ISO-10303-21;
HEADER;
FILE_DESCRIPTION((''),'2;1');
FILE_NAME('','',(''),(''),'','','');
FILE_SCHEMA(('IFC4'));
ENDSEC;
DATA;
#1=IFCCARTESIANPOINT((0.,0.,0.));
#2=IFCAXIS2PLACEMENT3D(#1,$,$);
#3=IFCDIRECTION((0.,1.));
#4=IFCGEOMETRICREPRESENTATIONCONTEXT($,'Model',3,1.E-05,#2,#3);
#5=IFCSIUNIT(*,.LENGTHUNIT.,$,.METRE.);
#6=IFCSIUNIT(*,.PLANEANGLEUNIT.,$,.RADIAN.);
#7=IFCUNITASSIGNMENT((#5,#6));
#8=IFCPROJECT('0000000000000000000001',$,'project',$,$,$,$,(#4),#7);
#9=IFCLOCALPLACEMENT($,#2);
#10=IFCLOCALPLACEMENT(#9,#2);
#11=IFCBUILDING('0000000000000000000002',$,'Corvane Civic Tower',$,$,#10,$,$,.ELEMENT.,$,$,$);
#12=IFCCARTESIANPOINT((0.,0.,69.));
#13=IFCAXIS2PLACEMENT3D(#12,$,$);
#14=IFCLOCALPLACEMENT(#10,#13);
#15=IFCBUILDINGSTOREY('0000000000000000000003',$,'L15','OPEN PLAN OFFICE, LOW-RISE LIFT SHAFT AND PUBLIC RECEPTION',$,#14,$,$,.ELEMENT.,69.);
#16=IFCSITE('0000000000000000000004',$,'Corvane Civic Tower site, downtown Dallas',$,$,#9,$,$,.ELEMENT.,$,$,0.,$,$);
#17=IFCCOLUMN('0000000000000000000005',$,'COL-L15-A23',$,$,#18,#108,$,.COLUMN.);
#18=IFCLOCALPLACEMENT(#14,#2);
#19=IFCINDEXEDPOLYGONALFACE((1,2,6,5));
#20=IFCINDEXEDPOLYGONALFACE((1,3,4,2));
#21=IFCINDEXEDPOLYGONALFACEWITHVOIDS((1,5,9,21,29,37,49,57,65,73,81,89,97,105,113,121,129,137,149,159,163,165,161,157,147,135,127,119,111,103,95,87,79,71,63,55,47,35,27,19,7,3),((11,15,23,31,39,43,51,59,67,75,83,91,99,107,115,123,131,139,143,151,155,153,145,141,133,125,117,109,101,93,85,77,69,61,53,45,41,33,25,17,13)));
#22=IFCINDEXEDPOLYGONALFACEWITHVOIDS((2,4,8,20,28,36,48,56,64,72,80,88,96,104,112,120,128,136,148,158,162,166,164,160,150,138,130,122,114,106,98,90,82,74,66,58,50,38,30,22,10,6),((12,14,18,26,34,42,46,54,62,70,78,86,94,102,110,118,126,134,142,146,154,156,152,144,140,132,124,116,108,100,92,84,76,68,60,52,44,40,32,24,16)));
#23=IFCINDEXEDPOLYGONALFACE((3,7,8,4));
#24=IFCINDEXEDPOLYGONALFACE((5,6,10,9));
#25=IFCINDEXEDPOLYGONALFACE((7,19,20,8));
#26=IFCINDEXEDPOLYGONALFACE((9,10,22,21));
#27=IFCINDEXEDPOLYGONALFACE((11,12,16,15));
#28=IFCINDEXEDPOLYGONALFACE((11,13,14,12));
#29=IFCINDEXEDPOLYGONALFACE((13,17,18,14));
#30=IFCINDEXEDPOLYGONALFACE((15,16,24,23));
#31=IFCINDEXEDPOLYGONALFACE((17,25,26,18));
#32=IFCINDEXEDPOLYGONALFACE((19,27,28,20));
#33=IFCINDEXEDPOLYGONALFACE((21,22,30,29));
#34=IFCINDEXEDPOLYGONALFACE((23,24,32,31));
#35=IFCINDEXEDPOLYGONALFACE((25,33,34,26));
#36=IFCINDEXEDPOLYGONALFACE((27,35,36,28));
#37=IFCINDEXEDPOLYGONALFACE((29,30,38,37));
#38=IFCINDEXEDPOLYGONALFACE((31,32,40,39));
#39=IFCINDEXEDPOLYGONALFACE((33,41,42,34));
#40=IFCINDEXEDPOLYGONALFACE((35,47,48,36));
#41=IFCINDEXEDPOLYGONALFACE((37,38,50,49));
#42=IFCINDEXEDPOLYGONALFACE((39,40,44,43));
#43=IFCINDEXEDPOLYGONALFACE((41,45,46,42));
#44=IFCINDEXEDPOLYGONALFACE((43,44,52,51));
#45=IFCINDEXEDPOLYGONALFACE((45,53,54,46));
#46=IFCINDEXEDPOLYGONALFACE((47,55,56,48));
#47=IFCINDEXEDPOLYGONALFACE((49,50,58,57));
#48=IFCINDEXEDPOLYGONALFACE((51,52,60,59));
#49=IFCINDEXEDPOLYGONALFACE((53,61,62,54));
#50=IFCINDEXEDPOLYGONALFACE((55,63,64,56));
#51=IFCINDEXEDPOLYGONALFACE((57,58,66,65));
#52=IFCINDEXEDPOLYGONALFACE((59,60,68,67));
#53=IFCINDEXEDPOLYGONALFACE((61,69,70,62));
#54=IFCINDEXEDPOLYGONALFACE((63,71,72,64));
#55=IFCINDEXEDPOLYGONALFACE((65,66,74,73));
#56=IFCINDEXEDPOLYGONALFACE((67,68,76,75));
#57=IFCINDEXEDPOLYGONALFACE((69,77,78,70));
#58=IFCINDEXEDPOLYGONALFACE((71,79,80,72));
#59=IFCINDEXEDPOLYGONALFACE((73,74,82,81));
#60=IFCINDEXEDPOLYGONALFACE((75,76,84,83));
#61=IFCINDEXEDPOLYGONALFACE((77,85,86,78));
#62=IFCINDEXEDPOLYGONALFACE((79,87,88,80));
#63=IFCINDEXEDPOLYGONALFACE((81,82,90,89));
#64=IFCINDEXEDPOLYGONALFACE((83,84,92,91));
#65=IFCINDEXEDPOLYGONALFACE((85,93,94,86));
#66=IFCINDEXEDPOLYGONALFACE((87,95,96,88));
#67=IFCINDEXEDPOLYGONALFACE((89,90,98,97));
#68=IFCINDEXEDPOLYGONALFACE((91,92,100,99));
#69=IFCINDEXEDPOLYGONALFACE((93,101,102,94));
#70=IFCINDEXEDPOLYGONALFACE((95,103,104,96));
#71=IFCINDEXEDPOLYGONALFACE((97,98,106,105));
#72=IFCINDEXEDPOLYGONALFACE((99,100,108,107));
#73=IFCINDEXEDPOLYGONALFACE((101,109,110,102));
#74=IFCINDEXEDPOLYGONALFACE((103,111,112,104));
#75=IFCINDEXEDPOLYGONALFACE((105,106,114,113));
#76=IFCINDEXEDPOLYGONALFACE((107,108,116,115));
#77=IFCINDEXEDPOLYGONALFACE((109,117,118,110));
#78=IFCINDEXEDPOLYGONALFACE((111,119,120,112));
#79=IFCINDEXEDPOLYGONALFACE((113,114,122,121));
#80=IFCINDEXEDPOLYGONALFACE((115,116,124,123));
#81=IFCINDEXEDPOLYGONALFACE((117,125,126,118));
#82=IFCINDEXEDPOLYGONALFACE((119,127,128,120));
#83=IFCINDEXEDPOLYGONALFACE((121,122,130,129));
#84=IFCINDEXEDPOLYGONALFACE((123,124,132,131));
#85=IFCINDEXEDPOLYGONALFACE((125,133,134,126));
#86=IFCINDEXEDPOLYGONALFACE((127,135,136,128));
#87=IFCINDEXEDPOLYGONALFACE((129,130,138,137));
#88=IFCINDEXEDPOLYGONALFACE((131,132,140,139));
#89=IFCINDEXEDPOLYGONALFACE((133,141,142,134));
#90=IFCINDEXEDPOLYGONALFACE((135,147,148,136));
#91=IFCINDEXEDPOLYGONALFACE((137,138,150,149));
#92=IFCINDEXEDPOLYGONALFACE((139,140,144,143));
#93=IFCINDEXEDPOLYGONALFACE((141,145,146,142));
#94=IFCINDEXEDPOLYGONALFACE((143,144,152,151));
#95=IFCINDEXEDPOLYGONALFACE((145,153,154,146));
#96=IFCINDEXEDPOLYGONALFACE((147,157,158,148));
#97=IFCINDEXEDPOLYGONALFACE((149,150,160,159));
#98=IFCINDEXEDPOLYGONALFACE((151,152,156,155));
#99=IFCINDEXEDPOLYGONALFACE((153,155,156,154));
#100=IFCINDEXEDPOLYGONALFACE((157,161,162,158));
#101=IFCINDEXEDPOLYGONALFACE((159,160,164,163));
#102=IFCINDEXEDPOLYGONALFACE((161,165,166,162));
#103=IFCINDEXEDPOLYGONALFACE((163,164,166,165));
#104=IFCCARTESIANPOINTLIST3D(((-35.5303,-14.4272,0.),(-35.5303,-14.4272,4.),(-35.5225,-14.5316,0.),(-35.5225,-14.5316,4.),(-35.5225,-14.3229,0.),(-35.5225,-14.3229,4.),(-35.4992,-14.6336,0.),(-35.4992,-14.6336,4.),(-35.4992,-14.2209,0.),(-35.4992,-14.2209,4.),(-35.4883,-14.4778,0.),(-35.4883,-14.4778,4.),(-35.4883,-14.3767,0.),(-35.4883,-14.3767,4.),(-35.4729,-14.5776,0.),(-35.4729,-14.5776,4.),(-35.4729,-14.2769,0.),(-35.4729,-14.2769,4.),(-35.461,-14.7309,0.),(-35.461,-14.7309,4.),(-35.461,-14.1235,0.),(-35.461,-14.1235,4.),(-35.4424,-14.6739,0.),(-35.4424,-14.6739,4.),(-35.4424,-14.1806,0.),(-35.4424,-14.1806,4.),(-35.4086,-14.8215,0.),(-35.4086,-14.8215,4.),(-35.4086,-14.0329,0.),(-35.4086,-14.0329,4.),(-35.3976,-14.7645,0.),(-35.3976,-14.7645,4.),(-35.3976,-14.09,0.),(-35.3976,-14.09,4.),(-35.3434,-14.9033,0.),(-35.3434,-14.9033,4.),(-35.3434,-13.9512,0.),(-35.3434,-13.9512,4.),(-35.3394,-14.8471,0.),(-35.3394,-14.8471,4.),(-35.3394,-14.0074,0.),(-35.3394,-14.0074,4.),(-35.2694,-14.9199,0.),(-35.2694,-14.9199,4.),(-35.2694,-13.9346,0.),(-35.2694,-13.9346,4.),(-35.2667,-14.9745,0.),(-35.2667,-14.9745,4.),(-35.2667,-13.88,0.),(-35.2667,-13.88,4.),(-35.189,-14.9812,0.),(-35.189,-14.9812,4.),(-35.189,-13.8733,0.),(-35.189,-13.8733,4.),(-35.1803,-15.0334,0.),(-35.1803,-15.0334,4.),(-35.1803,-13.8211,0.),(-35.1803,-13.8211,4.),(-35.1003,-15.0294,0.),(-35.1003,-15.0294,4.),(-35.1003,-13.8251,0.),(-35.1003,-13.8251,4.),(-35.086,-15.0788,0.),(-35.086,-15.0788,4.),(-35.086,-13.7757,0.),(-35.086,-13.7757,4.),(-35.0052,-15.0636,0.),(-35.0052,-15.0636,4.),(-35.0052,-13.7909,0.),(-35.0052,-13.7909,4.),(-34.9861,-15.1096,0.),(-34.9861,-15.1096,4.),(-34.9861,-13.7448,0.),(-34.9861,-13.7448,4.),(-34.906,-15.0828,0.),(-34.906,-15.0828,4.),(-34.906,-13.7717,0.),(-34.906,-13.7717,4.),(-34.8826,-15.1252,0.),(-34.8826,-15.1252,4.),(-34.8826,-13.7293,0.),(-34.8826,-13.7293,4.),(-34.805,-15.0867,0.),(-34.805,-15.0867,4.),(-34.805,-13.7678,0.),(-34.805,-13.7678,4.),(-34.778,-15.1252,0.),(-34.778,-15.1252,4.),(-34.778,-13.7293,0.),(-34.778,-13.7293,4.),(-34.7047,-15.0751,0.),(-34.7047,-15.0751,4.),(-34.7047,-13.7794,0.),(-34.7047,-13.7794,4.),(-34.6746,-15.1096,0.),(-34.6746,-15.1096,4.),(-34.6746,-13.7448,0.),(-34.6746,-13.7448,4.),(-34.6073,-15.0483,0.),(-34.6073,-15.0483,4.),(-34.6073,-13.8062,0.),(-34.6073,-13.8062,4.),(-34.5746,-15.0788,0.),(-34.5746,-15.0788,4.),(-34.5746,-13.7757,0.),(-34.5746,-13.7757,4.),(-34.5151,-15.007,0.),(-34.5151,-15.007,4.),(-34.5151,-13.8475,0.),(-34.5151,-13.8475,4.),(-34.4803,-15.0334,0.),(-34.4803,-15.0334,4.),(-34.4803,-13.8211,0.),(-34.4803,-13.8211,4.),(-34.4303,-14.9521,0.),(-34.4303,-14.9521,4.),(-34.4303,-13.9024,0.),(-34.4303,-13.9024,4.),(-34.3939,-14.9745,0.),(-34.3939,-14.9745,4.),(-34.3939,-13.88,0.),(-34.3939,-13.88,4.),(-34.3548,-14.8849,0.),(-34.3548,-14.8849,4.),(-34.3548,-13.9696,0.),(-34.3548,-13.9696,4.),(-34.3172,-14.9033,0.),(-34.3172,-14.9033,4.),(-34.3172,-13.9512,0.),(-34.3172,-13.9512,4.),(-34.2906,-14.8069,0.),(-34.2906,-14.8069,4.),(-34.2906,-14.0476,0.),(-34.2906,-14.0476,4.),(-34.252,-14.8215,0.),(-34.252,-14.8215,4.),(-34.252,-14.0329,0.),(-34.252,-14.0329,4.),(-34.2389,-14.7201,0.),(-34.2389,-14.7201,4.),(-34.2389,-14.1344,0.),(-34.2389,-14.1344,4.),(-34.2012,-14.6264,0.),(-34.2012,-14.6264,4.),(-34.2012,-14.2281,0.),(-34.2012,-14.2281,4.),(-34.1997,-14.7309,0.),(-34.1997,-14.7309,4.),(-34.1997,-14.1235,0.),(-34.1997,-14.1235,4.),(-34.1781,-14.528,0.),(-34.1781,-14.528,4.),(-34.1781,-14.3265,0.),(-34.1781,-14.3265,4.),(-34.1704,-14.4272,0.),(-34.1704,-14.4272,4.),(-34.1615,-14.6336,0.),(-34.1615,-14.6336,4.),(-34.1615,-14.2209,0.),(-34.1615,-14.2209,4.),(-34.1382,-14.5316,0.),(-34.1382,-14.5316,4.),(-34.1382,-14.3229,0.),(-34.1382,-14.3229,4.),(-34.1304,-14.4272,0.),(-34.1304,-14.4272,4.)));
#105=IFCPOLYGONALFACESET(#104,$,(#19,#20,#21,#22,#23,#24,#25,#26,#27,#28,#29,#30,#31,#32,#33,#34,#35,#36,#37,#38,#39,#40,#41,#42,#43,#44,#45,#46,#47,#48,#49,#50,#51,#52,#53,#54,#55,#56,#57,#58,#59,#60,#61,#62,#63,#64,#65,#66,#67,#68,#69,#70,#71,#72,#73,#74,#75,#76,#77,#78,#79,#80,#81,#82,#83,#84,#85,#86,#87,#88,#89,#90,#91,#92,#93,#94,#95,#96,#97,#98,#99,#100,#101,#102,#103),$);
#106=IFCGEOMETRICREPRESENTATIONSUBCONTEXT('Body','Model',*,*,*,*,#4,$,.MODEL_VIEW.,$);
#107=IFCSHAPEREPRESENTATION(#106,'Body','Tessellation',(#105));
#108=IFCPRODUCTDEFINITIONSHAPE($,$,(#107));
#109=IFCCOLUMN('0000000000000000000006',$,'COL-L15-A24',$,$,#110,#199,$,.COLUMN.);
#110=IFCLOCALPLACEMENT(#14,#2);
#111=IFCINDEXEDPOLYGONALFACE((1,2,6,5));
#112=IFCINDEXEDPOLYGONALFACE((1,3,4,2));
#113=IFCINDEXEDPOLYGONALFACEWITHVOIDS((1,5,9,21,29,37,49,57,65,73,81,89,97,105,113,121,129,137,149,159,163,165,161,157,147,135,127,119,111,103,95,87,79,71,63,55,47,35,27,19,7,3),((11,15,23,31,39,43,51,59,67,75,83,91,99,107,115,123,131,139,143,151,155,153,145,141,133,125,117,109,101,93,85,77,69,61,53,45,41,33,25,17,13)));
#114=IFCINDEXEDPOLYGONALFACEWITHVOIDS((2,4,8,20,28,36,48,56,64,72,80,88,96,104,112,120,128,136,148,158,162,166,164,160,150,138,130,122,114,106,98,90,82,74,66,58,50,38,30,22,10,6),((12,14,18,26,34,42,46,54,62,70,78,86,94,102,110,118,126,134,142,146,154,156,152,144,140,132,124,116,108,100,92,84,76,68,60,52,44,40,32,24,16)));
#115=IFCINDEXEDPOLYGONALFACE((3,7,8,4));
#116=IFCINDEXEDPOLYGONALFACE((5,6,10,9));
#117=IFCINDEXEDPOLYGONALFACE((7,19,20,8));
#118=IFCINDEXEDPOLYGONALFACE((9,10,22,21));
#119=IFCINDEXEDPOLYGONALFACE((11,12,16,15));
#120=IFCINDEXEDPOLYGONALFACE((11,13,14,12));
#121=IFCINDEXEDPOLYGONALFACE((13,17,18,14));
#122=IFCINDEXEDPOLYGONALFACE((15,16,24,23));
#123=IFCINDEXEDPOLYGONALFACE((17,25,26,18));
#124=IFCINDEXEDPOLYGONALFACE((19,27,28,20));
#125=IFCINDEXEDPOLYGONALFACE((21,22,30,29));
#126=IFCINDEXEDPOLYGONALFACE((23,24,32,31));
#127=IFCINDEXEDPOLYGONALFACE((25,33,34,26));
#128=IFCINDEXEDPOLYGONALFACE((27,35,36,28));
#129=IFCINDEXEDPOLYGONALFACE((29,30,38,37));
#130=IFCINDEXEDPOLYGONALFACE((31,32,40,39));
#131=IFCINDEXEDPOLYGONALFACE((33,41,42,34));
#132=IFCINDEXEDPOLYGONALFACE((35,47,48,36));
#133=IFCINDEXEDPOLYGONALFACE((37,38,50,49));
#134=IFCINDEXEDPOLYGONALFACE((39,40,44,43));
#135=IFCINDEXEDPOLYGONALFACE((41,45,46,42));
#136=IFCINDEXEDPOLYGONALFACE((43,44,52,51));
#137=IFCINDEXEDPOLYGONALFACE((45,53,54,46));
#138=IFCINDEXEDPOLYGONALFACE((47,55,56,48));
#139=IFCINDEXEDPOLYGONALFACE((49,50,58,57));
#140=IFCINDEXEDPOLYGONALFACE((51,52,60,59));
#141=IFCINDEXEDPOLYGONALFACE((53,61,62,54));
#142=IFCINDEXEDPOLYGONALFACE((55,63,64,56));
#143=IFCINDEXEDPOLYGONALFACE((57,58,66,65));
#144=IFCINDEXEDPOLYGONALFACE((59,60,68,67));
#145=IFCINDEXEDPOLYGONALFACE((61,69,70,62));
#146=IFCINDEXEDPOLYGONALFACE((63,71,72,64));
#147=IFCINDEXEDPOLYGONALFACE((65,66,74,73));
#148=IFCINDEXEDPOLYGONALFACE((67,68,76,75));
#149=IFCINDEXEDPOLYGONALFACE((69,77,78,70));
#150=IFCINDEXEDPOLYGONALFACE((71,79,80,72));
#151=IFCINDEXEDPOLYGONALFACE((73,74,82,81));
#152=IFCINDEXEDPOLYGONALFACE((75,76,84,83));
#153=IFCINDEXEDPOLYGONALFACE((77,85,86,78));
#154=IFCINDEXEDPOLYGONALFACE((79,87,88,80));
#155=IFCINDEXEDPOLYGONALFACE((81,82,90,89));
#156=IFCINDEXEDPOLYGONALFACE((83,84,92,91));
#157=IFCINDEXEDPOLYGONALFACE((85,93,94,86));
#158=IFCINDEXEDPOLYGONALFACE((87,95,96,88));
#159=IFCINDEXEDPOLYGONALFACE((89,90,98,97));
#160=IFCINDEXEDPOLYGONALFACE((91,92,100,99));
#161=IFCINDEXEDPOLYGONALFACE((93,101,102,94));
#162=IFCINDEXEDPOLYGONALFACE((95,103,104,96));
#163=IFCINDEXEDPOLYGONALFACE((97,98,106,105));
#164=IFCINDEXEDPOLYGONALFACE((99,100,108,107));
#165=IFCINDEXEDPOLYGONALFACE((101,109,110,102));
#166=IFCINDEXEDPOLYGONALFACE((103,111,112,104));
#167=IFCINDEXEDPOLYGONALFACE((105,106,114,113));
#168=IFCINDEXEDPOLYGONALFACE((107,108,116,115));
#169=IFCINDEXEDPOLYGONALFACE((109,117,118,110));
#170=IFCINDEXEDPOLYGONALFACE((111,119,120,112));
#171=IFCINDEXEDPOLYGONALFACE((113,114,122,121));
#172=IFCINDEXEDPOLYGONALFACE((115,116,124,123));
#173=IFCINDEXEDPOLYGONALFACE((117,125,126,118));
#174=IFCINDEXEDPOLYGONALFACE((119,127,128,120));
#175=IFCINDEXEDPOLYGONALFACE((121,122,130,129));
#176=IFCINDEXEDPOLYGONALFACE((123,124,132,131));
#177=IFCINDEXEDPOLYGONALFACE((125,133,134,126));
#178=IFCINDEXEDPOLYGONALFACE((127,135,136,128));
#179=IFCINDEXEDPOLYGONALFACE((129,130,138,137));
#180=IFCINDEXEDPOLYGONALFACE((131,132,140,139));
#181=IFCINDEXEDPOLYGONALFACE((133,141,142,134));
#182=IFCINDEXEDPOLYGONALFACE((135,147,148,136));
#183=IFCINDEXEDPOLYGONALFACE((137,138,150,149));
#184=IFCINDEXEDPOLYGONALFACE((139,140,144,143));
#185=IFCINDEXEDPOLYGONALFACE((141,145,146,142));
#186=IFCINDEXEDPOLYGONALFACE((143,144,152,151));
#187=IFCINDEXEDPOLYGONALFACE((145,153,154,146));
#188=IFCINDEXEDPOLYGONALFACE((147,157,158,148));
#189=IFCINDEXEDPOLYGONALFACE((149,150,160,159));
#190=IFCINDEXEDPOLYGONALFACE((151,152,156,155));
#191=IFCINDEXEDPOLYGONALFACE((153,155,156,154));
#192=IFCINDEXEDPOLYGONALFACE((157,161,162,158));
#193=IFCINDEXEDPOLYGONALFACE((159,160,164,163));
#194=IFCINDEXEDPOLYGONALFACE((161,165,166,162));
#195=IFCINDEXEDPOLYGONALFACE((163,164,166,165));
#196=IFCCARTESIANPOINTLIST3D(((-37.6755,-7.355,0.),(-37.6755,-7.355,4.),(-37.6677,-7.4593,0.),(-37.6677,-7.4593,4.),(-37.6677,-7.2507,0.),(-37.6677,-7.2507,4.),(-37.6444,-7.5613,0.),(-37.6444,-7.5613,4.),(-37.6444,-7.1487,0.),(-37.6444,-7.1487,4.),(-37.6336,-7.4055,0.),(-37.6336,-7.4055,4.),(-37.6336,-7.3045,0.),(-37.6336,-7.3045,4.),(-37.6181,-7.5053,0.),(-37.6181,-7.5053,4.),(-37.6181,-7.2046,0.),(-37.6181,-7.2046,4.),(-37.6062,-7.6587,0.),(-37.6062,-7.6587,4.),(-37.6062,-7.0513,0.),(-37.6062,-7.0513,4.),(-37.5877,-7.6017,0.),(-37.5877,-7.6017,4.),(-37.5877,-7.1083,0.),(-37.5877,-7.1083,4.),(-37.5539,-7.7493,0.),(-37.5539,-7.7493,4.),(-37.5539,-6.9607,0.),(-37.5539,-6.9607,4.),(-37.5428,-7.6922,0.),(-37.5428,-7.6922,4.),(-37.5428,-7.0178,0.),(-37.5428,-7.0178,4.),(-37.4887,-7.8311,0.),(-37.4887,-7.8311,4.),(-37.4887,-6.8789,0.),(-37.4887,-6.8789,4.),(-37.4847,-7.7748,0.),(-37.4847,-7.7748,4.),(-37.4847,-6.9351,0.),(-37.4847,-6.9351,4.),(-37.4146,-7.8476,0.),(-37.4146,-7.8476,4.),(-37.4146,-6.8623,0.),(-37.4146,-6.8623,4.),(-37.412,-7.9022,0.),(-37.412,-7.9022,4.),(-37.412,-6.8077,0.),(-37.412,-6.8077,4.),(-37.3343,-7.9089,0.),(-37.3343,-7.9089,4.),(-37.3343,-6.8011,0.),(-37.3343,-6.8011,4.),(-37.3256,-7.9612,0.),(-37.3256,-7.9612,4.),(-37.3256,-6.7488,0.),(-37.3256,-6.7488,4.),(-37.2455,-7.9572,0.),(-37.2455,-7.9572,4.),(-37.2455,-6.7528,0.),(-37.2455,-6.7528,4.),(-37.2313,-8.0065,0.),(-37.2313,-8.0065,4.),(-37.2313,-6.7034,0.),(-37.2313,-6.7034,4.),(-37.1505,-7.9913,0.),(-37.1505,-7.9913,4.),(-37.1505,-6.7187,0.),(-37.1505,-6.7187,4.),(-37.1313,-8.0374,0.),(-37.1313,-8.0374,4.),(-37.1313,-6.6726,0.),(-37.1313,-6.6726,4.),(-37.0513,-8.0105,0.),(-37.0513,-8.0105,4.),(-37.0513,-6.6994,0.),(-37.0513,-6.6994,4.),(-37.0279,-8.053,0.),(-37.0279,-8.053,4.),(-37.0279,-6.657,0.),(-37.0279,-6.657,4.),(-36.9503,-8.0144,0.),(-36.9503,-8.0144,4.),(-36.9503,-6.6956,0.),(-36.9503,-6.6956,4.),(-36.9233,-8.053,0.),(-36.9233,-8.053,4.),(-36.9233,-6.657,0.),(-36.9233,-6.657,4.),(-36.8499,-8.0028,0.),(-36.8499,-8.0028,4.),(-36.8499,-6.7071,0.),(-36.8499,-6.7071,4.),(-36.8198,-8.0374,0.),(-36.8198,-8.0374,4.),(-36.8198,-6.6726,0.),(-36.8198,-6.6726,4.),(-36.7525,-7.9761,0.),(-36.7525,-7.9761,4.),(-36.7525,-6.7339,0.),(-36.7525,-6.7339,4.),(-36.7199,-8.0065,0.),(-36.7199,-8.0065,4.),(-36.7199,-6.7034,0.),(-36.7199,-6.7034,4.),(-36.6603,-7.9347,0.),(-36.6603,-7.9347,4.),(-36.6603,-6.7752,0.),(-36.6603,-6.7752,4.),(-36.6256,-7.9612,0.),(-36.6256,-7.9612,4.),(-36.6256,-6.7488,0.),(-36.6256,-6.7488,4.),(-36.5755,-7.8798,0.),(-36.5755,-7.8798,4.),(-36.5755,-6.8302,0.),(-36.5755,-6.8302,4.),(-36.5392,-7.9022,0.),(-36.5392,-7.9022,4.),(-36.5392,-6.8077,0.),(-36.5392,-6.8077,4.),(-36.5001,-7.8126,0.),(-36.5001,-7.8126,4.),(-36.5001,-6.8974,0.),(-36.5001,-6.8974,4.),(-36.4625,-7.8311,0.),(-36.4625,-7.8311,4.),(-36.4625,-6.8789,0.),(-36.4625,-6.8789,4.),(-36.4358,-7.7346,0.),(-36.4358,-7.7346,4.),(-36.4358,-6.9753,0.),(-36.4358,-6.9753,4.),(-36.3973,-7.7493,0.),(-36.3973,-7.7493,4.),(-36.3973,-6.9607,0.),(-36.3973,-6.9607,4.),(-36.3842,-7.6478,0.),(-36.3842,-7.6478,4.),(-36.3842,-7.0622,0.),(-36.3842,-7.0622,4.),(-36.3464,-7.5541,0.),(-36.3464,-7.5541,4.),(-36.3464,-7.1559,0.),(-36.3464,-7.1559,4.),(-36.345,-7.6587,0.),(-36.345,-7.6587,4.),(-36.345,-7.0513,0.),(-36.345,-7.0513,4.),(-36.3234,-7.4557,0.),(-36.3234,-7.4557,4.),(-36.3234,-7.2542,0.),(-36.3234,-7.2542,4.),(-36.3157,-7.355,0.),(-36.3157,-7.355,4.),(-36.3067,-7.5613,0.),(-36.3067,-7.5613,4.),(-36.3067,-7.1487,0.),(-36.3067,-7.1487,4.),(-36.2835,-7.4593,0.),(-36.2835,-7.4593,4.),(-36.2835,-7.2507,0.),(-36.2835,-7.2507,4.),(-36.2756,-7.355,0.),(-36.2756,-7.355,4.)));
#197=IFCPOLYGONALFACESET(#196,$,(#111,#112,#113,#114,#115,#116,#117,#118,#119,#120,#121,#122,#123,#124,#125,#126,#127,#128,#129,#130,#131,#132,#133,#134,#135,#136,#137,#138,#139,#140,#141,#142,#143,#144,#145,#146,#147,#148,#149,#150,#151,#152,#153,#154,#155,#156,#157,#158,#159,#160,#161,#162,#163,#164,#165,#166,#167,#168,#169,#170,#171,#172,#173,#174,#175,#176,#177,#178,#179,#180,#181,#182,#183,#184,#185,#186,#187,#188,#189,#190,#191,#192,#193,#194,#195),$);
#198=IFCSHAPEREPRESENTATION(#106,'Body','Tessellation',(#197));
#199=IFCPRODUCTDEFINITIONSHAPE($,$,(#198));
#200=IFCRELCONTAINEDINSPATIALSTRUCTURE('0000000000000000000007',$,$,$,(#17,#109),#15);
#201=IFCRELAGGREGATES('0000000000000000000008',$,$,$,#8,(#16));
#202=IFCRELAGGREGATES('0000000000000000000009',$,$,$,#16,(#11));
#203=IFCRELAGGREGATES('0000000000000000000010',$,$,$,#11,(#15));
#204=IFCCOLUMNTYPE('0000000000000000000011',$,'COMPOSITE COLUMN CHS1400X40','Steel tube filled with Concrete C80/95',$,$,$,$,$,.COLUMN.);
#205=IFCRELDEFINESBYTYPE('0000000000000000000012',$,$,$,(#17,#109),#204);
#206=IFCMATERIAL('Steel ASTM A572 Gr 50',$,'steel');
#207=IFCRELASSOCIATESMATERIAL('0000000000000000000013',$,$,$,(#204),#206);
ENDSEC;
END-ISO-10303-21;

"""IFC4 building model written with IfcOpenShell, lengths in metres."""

from ifc_helpers import new_model, si_unit, direction, frame, origin, origin_2d, place, context, subcontext, project, spatial, hollow_circle, extrude, material, material_profile, profile_set, type_object, element, save


model = new_model("IFC4")

# Units and contexts
model_context = context("Model", 3, precision=1e-05, world=origin(), true_north=direction((0.0, 1.0)))
body_context = subcontext(model_context, "Body", "Model", "MODEL_VIEW")
ifc_project = project(units=[si_unit("LENGTHUNIT", "METRE"), si_unit("PLANEANGLEUNIT", "RADIAN")], contexts=[model_context])

# Site, building, storey
site_placement = place(None, origin())
site = spatial("IfcSite", under=ifc_project, at=site_placement, Name="Corvane Civic Tower site, downtown Dallas", CompositionType="ELEMENT", RefElevation=0.0)
building_placement = place(site_placement, origin())
building = spatial("IfcBuilding", under=site, at=building_placement, Name="Corvane Civic Tower", CompositionType="ELEMENT")
storey_placement = place(building_placement, frame((0.0, 0.0, 69.0)))
storey = spatial("IfcBuildingStorey", under=building, at=storey_placement, Name="L15", Description="OPEN PLAN OFFICE, LOW-RISE LIFT SHAFT AND PUBLIC RECEPTION", CompositionType="ELEMENT", Elevation=69.0)

# Columns
ifc_material_1 = material(Name="Steel ASTM A572 Gr 50", Category="steel")
ifc_material_profile_1 = material_profile(ifc_material_1, hollow_circle(Radius=0.7, WallThickness=0.04, at=origin_2d()), Name="CHS1400X40")
ifc_profile_set_1 = profile_set([ifc_material_profile_1], Name="Steel ASTM A572 Gr 50")
column_type = type_object("IfcColumnType", Name="COMPOSITE COLUMN CHS1400X40", Description="Steel tube filled with Concrete C80/95", PredefinedType="COLUMN", material=ifc_profile_set_1)
for number, where, z_axis, x_axis, name in (
    (1, (-34.8303, -14.4272, 0.0), (0.0, 0.0, 1.0), (1.0, 0.0, 0.0), "COL-L15-A23"),
    (2, (-36.9756, -7.355, 0.0), (0.0, 0.0, 1.0), (1.0, 0.0, 0.0), "COL-L15-A24"),
):
    element("IfcColumn", number, at=place(storey_placement, frame(where, z_axis=z_axis, x_axis=x_axis)), inside=storey, type_object=column_type, Name=name, PredefinedType="COLUMN", context=body_context, shape_type="SweptSolid", body=[
        extrude(hollow_circle(Radius=0.7, WallThickness=0.04, at=origin_2d()), origin(), (0.0, 0.0, 1.0), 4.0),
    ])

save(model, "model.ifc")
